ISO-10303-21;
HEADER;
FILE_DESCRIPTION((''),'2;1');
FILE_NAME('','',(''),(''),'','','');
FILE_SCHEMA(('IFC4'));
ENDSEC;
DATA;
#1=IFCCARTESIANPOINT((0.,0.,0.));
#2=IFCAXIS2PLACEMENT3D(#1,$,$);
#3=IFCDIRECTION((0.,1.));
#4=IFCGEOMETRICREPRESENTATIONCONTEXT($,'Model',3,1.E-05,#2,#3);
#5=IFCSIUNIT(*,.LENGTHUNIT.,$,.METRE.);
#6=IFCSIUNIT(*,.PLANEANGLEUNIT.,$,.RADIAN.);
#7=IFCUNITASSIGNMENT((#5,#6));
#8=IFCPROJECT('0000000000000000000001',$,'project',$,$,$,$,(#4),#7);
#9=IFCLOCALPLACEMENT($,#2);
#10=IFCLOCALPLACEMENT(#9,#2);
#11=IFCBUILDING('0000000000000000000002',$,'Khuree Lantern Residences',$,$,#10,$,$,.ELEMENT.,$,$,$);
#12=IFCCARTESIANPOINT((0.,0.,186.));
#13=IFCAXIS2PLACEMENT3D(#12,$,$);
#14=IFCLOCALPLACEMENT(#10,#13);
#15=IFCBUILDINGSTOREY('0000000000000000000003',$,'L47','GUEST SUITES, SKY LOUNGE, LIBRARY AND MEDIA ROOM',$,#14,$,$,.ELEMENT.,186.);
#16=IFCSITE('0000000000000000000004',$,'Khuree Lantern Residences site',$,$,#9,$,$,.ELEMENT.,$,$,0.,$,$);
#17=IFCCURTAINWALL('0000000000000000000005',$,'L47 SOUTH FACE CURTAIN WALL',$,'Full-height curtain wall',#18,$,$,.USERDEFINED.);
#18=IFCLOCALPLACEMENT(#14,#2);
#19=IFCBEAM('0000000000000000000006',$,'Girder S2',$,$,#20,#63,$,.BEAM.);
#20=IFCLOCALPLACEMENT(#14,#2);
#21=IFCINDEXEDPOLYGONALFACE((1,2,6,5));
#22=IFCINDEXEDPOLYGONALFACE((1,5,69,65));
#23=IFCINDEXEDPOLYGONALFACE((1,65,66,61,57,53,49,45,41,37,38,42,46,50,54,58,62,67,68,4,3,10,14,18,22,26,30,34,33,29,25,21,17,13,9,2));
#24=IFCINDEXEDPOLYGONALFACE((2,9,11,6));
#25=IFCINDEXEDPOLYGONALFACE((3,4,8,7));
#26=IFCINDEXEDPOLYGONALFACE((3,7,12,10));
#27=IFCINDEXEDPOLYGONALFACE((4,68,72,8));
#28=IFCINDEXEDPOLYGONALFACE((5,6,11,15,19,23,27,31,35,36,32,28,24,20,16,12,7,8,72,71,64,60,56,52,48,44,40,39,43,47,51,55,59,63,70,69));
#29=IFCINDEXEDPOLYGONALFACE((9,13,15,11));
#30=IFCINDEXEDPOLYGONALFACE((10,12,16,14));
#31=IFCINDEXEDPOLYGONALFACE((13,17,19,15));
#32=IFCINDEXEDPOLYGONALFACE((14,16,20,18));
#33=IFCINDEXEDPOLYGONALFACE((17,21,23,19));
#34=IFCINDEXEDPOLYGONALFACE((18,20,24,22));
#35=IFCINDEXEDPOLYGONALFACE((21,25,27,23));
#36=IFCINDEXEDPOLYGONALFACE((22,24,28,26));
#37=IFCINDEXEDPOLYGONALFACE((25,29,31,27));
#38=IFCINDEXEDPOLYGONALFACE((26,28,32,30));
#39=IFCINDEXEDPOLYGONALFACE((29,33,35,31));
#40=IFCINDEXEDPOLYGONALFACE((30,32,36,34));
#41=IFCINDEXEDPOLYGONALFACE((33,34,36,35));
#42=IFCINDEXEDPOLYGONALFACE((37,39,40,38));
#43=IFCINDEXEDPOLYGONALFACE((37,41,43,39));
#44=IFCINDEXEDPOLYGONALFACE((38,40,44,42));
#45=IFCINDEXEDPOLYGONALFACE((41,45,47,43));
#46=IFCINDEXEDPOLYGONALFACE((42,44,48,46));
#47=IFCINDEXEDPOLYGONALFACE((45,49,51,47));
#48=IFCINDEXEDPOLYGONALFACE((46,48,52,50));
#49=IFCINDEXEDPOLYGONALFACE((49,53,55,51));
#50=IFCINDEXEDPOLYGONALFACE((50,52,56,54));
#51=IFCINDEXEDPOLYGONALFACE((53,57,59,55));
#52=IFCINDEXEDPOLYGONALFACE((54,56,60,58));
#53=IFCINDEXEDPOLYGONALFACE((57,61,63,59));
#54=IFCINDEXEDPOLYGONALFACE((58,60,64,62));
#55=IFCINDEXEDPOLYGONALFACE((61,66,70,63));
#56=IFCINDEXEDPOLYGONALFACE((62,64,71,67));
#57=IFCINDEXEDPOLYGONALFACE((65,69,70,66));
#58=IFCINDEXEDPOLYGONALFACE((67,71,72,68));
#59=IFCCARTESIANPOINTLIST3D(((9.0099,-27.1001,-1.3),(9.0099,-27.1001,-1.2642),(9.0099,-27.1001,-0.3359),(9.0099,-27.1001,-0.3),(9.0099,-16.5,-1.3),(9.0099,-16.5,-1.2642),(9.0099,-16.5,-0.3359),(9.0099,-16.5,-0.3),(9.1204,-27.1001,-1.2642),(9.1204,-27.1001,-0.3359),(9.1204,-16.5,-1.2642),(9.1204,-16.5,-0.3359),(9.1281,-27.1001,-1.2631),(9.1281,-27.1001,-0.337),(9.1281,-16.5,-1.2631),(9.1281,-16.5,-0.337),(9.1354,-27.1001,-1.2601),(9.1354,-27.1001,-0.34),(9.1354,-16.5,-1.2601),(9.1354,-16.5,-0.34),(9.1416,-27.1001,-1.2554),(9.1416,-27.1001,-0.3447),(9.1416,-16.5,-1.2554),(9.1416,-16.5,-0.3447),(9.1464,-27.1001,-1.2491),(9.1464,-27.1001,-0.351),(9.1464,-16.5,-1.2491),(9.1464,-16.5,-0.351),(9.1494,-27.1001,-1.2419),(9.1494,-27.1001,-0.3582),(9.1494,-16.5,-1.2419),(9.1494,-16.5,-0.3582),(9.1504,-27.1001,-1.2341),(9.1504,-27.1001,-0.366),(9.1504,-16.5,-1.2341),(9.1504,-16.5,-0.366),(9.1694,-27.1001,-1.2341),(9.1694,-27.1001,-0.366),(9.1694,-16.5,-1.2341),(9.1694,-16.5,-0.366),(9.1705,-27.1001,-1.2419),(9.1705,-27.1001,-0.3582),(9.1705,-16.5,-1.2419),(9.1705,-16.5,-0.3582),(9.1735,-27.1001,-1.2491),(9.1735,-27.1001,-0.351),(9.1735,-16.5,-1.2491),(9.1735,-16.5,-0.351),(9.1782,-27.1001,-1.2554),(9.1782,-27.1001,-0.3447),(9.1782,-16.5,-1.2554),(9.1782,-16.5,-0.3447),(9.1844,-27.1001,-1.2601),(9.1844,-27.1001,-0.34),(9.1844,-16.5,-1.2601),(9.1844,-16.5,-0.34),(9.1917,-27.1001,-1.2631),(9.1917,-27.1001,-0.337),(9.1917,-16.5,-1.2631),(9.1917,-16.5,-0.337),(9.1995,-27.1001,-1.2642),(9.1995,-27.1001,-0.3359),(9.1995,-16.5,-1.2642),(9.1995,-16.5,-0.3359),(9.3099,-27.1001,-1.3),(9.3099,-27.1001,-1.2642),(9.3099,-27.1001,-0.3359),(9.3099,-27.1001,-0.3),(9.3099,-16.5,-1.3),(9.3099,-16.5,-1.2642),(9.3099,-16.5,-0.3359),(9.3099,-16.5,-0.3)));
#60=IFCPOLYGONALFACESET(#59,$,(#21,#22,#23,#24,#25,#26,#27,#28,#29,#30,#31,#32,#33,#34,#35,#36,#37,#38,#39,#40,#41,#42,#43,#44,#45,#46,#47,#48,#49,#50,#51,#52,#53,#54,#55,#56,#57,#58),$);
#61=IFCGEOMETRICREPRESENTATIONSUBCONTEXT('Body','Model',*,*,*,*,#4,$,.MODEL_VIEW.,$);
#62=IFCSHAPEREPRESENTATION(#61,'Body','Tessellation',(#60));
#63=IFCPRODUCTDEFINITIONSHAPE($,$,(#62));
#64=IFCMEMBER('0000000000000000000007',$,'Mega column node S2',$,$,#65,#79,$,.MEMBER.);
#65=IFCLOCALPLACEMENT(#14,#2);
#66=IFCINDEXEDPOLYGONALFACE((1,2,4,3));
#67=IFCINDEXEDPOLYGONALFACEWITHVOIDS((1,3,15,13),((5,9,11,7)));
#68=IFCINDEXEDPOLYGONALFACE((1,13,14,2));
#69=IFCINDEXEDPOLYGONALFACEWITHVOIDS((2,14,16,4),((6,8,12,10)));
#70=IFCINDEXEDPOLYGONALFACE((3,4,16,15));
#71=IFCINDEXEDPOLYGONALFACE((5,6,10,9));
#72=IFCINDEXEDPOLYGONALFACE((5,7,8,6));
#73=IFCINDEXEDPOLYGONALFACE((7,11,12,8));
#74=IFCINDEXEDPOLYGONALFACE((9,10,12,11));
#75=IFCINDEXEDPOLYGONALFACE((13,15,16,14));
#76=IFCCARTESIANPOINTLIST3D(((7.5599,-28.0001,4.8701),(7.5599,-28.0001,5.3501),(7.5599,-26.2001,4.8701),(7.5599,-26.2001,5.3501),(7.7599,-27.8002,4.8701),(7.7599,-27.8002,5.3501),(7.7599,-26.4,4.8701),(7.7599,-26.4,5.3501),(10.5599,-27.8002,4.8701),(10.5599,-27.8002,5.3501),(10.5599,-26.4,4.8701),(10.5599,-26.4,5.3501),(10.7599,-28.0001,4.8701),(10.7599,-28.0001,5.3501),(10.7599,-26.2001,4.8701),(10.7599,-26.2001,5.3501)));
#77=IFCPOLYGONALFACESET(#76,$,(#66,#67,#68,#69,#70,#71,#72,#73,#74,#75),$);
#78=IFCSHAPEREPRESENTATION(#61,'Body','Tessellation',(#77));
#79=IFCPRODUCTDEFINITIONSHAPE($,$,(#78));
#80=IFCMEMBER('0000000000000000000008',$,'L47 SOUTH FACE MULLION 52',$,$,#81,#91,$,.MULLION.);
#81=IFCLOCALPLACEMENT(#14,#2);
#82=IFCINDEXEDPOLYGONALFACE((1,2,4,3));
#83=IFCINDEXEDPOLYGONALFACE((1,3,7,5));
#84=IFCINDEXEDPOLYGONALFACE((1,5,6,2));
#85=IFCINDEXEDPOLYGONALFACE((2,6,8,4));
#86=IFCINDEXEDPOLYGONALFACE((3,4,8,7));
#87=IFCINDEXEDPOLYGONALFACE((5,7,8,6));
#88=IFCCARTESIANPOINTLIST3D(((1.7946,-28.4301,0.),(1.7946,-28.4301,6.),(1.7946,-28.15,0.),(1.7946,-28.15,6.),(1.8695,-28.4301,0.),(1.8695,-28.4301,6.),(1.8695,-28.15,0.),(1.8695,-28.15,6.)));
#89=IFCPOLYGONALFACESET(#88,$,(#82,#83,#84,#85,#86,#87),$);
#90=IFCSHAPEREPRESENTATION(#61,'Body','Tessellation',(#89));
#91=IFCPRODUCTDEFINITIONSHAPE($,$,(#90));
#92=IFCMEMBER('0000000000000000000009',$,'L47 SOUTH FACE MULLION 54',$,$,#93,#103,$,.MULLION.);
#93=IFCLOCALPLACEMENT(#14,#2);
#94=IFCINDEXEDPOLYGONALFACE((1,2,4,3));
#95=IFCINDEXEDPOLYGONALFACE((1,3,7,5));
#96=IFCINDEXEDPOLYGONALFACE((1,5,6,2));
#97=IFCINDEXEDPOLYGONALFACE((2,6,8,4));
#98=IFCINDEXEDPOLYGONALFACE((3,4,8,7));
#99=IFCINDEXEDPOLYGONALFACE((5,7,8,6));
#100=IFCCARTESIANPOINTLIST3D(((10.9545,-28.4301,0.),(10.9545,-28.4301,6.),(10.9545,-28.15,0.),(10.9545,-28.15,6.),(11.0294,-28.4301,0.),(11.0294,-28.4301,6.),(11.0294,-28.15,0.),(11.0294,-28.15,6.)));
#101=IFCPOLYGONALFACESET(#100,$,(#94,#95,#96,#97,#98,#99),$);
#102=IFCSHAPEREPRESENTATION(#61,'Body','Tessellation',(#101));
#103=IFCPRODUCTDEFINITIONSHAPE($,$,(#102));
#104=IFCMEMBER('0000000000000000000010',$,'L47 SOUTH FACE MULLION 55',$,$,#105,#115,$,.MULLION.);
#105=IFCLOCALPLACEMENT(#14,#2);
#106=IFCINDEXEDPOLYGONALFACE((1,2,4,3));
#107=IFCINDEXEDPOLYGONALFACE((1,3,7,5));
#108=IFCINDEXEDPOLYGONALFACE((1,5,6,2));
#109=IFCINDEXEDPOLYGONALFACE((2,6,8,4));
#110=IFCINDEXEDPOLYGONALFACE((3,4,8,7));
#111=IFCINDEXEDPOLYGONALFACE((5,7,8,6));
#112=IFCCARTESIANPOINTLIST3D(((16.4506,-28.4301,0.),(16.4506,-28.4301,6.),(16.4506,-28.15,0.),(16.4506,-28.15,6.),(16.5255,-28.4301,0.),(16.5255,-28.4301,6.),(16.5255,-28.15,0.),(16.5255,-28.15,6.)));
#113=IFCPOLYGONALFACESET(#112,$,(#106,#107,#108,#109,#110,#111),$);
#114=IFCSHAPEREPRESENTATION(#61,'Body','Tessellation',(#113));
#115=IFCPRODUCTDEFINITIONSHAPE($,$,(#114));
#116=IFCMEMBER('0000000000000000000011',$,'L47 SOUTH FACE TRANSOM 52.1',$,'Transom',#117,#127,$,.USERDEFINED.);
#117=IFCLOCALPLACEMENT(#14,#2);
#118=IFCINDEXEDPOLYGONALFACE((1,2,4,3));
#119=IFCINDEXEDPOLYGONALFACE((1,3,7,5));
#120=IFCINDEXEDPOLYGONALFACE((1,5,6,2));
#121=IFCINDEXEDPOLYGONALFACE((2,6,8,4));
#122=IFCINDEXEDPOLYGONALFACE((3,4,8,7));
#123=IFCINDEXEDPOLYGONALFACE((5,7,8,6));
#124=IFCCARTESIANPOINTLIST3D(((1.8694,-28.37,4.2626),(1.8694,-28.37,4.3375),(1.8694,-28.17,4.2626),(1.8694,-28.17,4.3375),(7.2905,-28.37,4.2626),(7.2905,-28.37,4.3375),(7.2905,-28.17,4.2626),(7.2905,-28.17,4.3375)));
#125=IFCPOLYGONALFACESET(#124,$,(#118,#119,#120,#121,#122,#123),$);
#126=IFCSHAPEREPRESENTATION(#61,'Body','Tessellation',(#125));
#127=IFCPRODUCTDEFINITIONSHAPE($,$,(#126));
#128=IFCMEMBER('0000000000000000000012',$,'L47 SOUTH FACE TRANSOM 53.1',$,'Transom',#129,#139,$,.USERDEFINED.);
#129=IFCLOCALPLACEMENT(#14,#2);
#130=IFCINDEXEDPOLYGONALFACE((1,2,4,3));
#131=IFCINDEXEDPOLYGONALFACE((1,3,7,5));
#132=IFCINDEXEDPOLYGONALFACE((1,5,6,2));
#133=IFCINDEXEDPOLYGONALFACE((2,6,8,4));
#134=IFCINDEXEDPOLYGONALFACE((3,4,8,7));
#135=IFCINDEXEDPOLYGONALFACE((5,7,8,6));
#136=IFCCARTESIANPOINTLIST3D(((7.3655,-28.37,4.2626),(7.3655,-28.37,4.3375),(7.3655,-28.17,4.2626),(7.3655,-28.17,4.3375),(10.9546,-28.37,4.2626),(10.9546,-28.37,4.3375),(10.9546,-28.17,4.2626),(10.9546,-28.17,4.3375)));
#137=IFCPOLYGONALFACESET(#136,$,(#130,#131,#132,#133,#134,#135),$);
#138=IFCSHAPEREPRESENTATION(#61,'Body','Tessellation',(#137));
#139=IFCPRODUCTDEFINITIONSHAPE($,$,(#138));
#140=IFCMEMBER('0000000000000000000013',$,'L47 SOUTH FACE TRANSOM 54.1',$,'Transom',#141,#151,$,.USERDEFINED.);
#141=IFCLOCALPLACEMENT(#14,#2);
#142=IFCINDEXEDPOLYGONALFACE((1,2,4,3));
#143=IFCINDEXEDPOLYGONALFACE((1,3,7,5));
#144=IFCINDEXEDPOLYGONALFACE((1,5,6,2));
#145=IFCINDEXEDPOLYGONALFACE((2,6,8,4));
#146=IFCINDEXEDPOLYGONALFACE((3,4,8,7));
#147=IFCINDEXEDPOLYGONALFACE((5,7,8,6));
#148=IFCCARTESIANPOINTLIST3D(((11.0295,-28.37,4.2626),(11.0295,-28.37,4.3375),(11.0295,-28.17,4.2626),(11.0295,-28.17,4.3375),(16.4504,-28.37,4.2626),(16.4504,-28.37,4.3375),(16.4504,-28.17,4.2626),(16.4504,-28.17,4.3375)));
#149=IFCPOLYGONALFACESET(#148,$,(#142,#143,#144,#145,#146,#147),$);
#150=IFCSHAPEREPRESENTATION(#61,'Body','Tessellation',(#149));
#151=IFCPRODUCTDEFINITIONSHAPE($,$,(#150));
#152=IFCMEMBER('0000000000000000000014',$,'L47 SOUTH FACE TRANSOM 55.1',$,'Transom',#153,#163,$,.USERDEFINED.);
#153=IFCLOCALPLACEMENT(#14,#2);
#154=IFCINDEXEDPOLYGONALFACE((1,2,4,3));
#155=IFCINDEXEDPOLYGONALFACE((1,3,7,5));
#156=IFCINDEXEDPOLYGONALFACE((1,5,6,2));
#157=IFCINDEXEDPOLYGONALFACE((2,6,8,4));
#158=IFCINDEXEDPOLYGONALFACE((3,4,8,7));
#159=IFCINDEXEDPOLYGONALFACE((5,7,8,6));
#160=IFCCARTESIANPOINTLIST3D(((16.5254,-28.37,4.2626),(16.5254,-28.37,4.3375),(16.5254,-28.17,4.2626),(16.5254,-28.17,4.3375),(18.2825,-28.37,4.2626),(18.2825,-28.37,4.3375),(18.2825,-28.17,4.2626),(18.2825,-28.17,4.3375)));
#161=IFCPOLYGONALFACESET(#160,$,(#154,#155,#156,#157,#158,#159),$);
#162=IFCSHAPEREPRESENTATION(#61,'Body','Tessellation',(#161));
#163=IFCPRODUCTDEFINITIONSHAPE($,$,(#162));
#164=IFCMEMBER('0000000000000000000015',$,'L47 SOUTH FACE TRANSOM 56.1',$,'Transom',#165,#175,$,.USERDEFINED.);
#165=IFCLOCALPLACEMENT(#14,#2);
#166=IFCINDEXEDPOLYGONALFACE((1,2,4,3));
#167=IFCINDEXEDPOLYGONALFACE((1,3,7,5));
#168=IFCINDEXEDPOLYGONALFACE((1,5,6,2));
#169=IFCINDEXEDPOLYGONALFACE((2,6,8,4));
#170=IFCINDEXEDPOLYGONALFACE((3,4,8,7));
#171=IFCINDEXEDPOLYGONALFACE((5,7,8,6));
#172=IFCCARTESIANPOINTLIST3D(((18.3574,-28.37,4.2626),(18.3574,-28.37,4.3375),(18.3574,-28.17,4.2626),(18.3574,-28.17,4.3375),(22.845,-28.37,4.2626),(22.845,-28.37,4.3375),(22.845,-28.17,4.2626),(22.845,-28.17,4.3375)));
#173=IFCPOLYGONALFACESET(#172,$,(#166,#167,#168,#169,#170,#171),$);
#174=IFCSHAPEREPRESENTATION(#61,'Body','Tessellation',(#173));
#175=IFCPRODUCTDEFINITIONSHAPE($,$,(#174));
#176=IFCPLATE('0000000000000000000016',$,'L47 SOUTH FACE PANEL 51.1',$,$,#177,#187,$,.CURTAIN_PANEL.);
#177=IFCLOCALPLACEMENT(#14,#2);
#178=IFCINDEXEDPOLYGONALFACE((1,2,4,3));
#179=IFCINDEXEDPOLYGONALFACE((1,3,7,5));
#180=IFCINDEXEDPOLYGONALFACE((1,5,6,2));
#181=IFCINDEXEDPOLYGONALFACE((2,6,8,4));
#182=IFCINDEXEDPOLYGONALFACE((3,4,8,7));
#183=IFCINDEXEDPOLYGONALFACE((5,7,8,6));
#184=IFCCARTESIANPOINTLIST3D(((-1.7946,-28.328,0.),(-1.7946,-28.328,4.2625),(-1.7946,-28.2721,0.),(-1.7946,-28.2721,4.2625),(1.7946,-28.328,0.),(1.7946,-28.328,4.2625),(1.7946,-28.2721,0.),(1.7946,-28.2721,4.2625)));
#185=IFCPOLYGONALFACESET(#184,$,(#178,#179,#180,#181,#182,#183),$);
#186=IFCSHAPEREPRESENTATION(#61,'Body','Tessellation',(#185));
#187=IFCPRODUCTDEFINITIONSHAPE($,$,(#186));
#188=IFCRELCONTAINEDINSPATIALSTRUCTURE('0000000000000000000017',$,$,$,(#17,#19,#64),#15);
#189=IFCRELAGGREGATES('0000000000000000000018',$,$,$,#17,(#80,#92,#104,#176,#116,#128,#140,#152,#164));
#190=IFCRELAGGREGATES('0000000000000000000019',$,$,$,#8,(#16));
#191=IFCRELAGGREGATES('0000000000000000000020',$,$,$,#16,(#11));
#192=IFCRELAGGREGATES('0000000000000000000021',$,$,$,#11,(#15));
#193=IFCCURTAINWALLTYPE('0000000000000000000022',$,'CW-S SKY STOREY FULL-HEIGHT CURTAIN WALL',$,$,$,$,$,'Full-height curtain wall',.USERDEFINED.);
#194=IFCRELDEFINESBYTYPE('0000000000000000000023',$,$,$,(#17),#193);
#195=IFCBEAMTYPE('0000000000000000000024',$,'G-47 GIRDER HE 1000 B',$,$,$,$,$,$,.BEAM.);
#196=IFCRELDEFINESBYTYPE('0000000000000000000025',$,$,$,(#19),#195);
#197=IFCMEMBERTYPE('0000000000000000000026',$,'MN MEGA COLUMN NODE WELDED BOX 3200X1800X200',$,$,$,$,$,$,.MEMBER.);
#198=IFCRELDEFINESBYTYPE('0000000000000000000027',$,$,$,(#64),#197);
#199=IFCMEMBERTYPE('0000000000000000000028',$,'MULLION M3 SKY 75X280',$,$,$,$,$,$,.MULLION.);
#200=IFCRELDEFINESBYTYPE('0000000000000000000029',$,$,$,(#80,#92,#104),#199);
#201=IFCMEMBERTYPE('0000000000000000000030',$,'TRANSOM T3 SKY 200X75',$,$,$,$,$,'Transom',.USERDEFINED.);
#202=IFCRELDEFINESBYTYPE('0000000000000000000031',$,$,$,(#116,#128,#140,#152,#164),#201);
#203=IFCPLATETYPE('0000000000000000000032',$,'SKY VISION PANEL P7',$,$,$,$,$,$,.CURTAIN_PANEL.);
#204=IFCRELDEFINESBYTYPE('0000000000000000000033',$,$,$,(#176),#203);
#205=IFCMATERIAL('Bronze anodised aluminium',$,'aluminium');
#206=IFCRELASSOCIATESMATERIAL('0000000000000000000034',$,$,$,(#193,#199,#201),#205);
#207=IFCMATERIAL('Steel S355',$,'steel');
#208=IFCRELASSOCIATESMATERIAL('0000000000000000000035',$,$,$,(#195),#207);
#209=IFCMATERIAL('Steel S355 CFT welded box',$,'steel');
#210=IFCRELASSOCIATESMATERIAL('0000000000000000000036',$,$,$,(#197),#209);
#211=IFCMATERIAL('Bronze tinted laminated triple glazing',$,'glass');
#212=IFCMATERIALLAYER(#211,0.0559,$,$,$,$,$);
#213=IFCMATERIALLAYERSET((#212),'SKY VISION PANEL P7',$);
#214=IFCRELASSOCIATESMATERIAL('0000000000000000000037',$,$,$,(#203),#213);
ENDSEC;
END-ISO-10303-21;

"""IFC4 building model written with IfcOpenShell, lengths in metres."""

from ifc_helpers import new_model, si_unit, direction, frame, origin, origin_2d, place, context, subcontext, project, spatial, rectangle, hollow_rectangle, i_section, extrude, material, layer, layer_set, material_profile, profile_set, type_object, element, aggregate, save


model = new_model("IFC4")

# Units and contexts
model_context = context("Model", 3, precision=1e-05, world=origin(), true_north=direction((0.0, 1.0)))
body_context = subcontext(model_context, "Body", "Model", "MODEL_VIEW")
ifc_project = project(units=[si_unit("LENGTHUNIT", "METRE"), si_unit("PLANEANGLEUNIT", "RADIAN")], contexts=[model_context])

# Site, building, storey
site_placement = place(None, origin())
site = spatial("IfcSite", under=ifc_project, at=site_placement, Name="Khuree Lantern Residences site", CompositionType="ELEMENT", RefElevation=0.0)
building_placement = place(site_placement, origin())
building = spatial("IfcBuilding", under=site, at=building_placement, Name="Khuree Lantern Residences", CompositionType="ELEMENT")
storey_placement = place(building_placement, frame((0.0, 0.0, 186.0)))
storey = spatial("IfcBuildingStorey", under=building, at=storey_placement, Name="L47", Description="GUEST SUITES, SKY LOUNGE, LIBRARY AND MEDIA ROOM", CompositionType="ELEMENT", Elevation=186.0)

# Shared definitions
ifc_material_1 = material(Name="Steel S355 CFT welded box", Category="steel")

# Shared definitions
ifc_material_2 = material(Name="Steel S355", Category="steel")

# Curtain wall
ifc_material_3 = material(Name="Bronze anodised aluminium", Category="aluminium")
curtain_wall_type = type_object("IfcCurtainWallType", Name="CW-S SKY STOREY FULL-HEIGHT CURTAIN WALL", ElementType="Full-height curtain wall", PredefinedType="USERDEFINED", material=ifc_material_3)
curtain_wall_placement = place(storey_placement, origin())
curtain_wall = element("IfcCurtainWall", 1, at=curtain_wall_placement, inside=storey, type_object=curtain_wall_type, Name="L47 SOUTH FACE CURTAIN WALL", ObjectType="Full-height curtain wall", PredefinedType="USERDEFINED")

# Beam
ifc_material_profile_1 = material_profile(ifc_material_2, i_section(OverallWidth=0.3, OverallDepth=1.0, WebThickness=0.019, FlangeThickness=0.0359, FilletRadius=0.03, at=origin_2d()), Name="HE 1000 B")
ifc_profile_set_1 = profile_set([ifc_material_profile_1], Name="Steel S355")
beam_type_1 = type_object("IfcBeamType", Name="G-47 GIRDER HE 1000 B", PredefinedType="BEAM", material=ifc_profile_set_1)
beam_1_placement = place(storey_placement, frame((9.1599, -27.1001, -0.8), z_axis=(0.0, 1.0, 0.0), x_axis=(-1.0, 0.0, 0.0)))
element("IfcBeam", 2, at=beam_1_placement, inside=storey, type_object=beam_type_1, Name="Girder S2", PredefinedType="BEAM", context=body_context, shape_type="SweptSolid", body=[
    extrude(i_section(OverallWidth=0.3, OverallDepth=1.0, WebThickness=0.019, FlangeThickness=0.0359, FilletRadius=0.03, at=origin_2d()), origin(), (0.0, 0.0, 1.0), 10.6001),
])

# Members
ifc_material_profile_2 = material_profile(ifc_material_1, hollow_rectangle(XDim=3.2, YDim=1.8, WallThickness=0.2, at=origin_2d()), Name="WELDED BOX 3200X1800X200")
ifc_profile_set_2 = profile_set([ifc_material_profile_2], Name="Steel S355 CFT welded box")
member_type_1 = type_object("IfcMemberType", Name="MN MEGA COLUMN NODE WELDED BOX 3200X1800X200", PredefinedType="MEMBER", material=ifc_profile_set_2)
member_1_placement = place(storey_placement, frame((9.1599, -27.1001, 4.8701), z_axis=(0.0, 0.0, 1.0), x_axis=(1.0, 0.0, 0.0)))
element("IfcMember", 3, at=member_1_placement, inside=storey, type_object=member_type_1, Name="Mega column node S2", PredefinedType="MEMBER", context=body_context, shape_type="SweptSolid", body=[
    extrude(hollow_rectangle(XDim=3.2, YDim=1.8, WallThickness=0.2, at=origin_2d()), origin(), (0.0, 0.0, 1.0), 0.48),
])
ifc_material_profile_3 = material_profile(ifc_material_3, rectangle(XDim=0.075, YDim=0.28, at=origin_2d()), Name="M3 75X280")
ifc_profile_set_3 = profile_set([ifc_material_profile_3], Name="Bronze anodised aluminium")
member_type_2 = type_object("IfcMemberType", Name="MULLION M3 SKY 75X280", PredefinedType="MULLION", material=ifc_profile_set_3)
member_2_placement = place(storey_placement, frame((1.832, -28.29, 0.0), z_axis=(0.0, 0.0, 1.0), x_axis=(1.0, 0.0, 0.0)))
member_2 = element("IfcMember", 4, at=member_2_placement, type_object=member_type_2, Name="L47 SOUTH FACE MULLION 52", PredefinedType="MULLION", context=body_context, shape_type="SweptSolid", body=[
    extrude(rectangle(XDim=0.075, YDim=0.28, at=origin_2d()), origin(), (0.0, 0.0, 1.0), 6.0),
])
member_3_placement = place(storey_placement, frame((10.9919, -28.29, 0.0), z_axis=(0.0, 0.0, 1.0), x_axis=(1.0, 0.0, 0.0)))
member_3 = element("IfcMember", 5, at=member_3_placement, type_object=member_type_2, Name="L47 SOUTH FACE MULLION 54", PredefinedType="MULLION", context=body_context, shape_type="SweptSolid", body=[
    extrude(rectangle(XDim=0.075, YDim=0.28, at=origin_2d()), origin(), (0.0, 0.0, 1.0), 6.0),
])
member_4_placement = place(storey_placement, frame((16.488, -28.29, 0.0), z_axis=(0.0, 0.0, 1.0), x_axis=(1.0, 0.0, 0.0)))
member_4 = element("IfcMember", 6, at=member_4_placement, type_object=member_type_2, Name="L47 SOUTH FACE MULLION 55", PredefinedType="MULLION", context=body_context, shape_type="SweptSolid", body=[
    extrude(rectangle(XDim=0.075, YDim=0.28, at=origin_2d()), origin(), (0.0, 0.0, 1.0), 6.0),
])
ifc_material_profile_4 = material_profile(ifc_material_3, rectangle(XDim=0.2, YDim=0.075, at=origin_2d()), Name="T3 200X75")
ifc_profile_set_4 = profile_set([ifc_material_profile_4], Name="Bronze anodised aluminium")
member_type_3 = type_object("IfcMemberType", Name="TRANSOM T3 SKY 200X75", ElementType="Transom", PredefinedType="USERDEFINED", material=ifc_profile_set_4)
member_5_placement = place(storey_placement, frame((1.8694, -28.27, 4.3), z_axis=(1.0, 0.0, 0.0), x_axis=(0.0, 1.0, 0.0)))
member_5 = element("IfcMember", 7, at=member_5_placement, type_object=member_type_3, Name="L47 SOUTH FACE TRANSOM 52.1", ObjectType="Transom", PredefinedType="USERDEFINED", context=body_context, shape_type="SweptSolid", body=[
    extrude(rectangle(XDim=0.2, YDim=0.075, at=origin_2d()), origin(), (0.0, 0.0, 1.0), 5.4211),
])
member_6_placement = place(storey_placement, frame((7.3655, -28.27, 4.3), z_axis=(1.0, 0.0, 0.0), x_axis=(0.0, 1.0, 0.0)))
member_6 = element("IfcMember", 8, at=member_6_placement, type_object=member_type_3, Name="L47 SOUTH FACE TRANSOM 53.1", ObjectType="Transom", PredefinedType="USERDEFINED", context=body_context, shape_type="SweptSolid", body=[
    extrude(rectangle(XDim=0.2, YDim=0.075, at=origin_2d()), origin(), (0.0, 0.0, 1.0), 3.5891),
])
member_7_placement = place(storey_placement, frame((11.0295, -28.27, 4.3), z_axis=(1.0, 0.0, 0.0), x_axis=(0.0, 1.0, 0.0)))
member_7 = element("IfcMember", 9, at=member_7_placement, type_object=member_type_3, Name="L47 SOUTH FACE TRANSOM 54.1", ObjectType="Transom", PredefinedType="USERDEFINED", context=body_context, shape_type="SweptSolid", body=[
    extrude(rectangle(XDim=0.2, YDim=0.075, at=origin_2d()), origin(), (0.0, 0.0, 1.0), 5.4209),
])
member_8_placement = place(storey_placement, frame((16.5254, -28.27, 4.3), z_axis=(1.0, 0.0, 0.0), x_axis=(0.0, 1.0, 0.0)))
member_8 = element("IfcMember", 10, at=member_8_placement, type_object=member_type_3, Name="L47 SOUTH FACE TRANSOM 55.1", ObjectType="Transom", PredefinedType="USERDEFINED", context=body_context, shape_type="SweptSolid", body=[
    extrude(rectangle(XDim=0.2, YDim=0.075, at=origin_2d()), origin(), (0.0, 0.0, 1.0), 1.7571),
])
member_9_placement = place(storey_placement, frame((18.3574, -28.27, 4.3), z_axis=(1.0, 0.0, 0.0), x_axis=(0.0, 1.0, 0.0)))
member_9 = element("IfcMember", 11, at=member_9_placement, type_object=member_type_3, Name="L47 SOUTH FACE TRANSOM 56.1", ObjectType="Transom", PredefinedType="USERDEFINED", context=body_context, shape_type="SweptSolid", body=[
    extrude(rectangle(XDim=0.2, YDim=0.075, at=origin_2d()), origin(), (0.0, 0.0, 1.0), 4.4875),
])

# Plate
ifc_material_4 = material(Name="Bronze tinted laminated triple glazing", Category="glass")
ifc_layer_1 = layer(ifc_material_4, 0.0559)
ifc_layer_set_1 = layer_set([ifc_layer_1], Name="SKY VISION PANEL P7")
plate_type_1 = type_object("IfcPlateType", Name="SKY VISION PANEL P7", PredefinedType="CURTAIN_PANEL", material=ifc_layer_set_1)
plate_1_placement = place(storey_placement, frame((0.0, -28.3, 0.0), z_axis=(0.0, 0.0, 1.0), x_axis=(1.0, 0.0, 0.0)))
plate_1 = element("IfcPlate", 12, at=plate_1_placement, type_object=plate_type_1, Name="L47 SOUTH FACE PANEL 51.1", PredefinedType="CURTAIN_PANEL", context=body_context, shape_type="SweptSolid", body=[
    extrude(rectangle(XDim=3.5891, YDim=0.0559, at=origin_2d()), origin(), (0.0, 0.0, 1.0), 4.2625),
])
aggregate(curtain_wall, [member_2, member_3, member_4, plate_1, member_5, member_6, member_7, member_8, member_9])

save(model, "model.ifc")
